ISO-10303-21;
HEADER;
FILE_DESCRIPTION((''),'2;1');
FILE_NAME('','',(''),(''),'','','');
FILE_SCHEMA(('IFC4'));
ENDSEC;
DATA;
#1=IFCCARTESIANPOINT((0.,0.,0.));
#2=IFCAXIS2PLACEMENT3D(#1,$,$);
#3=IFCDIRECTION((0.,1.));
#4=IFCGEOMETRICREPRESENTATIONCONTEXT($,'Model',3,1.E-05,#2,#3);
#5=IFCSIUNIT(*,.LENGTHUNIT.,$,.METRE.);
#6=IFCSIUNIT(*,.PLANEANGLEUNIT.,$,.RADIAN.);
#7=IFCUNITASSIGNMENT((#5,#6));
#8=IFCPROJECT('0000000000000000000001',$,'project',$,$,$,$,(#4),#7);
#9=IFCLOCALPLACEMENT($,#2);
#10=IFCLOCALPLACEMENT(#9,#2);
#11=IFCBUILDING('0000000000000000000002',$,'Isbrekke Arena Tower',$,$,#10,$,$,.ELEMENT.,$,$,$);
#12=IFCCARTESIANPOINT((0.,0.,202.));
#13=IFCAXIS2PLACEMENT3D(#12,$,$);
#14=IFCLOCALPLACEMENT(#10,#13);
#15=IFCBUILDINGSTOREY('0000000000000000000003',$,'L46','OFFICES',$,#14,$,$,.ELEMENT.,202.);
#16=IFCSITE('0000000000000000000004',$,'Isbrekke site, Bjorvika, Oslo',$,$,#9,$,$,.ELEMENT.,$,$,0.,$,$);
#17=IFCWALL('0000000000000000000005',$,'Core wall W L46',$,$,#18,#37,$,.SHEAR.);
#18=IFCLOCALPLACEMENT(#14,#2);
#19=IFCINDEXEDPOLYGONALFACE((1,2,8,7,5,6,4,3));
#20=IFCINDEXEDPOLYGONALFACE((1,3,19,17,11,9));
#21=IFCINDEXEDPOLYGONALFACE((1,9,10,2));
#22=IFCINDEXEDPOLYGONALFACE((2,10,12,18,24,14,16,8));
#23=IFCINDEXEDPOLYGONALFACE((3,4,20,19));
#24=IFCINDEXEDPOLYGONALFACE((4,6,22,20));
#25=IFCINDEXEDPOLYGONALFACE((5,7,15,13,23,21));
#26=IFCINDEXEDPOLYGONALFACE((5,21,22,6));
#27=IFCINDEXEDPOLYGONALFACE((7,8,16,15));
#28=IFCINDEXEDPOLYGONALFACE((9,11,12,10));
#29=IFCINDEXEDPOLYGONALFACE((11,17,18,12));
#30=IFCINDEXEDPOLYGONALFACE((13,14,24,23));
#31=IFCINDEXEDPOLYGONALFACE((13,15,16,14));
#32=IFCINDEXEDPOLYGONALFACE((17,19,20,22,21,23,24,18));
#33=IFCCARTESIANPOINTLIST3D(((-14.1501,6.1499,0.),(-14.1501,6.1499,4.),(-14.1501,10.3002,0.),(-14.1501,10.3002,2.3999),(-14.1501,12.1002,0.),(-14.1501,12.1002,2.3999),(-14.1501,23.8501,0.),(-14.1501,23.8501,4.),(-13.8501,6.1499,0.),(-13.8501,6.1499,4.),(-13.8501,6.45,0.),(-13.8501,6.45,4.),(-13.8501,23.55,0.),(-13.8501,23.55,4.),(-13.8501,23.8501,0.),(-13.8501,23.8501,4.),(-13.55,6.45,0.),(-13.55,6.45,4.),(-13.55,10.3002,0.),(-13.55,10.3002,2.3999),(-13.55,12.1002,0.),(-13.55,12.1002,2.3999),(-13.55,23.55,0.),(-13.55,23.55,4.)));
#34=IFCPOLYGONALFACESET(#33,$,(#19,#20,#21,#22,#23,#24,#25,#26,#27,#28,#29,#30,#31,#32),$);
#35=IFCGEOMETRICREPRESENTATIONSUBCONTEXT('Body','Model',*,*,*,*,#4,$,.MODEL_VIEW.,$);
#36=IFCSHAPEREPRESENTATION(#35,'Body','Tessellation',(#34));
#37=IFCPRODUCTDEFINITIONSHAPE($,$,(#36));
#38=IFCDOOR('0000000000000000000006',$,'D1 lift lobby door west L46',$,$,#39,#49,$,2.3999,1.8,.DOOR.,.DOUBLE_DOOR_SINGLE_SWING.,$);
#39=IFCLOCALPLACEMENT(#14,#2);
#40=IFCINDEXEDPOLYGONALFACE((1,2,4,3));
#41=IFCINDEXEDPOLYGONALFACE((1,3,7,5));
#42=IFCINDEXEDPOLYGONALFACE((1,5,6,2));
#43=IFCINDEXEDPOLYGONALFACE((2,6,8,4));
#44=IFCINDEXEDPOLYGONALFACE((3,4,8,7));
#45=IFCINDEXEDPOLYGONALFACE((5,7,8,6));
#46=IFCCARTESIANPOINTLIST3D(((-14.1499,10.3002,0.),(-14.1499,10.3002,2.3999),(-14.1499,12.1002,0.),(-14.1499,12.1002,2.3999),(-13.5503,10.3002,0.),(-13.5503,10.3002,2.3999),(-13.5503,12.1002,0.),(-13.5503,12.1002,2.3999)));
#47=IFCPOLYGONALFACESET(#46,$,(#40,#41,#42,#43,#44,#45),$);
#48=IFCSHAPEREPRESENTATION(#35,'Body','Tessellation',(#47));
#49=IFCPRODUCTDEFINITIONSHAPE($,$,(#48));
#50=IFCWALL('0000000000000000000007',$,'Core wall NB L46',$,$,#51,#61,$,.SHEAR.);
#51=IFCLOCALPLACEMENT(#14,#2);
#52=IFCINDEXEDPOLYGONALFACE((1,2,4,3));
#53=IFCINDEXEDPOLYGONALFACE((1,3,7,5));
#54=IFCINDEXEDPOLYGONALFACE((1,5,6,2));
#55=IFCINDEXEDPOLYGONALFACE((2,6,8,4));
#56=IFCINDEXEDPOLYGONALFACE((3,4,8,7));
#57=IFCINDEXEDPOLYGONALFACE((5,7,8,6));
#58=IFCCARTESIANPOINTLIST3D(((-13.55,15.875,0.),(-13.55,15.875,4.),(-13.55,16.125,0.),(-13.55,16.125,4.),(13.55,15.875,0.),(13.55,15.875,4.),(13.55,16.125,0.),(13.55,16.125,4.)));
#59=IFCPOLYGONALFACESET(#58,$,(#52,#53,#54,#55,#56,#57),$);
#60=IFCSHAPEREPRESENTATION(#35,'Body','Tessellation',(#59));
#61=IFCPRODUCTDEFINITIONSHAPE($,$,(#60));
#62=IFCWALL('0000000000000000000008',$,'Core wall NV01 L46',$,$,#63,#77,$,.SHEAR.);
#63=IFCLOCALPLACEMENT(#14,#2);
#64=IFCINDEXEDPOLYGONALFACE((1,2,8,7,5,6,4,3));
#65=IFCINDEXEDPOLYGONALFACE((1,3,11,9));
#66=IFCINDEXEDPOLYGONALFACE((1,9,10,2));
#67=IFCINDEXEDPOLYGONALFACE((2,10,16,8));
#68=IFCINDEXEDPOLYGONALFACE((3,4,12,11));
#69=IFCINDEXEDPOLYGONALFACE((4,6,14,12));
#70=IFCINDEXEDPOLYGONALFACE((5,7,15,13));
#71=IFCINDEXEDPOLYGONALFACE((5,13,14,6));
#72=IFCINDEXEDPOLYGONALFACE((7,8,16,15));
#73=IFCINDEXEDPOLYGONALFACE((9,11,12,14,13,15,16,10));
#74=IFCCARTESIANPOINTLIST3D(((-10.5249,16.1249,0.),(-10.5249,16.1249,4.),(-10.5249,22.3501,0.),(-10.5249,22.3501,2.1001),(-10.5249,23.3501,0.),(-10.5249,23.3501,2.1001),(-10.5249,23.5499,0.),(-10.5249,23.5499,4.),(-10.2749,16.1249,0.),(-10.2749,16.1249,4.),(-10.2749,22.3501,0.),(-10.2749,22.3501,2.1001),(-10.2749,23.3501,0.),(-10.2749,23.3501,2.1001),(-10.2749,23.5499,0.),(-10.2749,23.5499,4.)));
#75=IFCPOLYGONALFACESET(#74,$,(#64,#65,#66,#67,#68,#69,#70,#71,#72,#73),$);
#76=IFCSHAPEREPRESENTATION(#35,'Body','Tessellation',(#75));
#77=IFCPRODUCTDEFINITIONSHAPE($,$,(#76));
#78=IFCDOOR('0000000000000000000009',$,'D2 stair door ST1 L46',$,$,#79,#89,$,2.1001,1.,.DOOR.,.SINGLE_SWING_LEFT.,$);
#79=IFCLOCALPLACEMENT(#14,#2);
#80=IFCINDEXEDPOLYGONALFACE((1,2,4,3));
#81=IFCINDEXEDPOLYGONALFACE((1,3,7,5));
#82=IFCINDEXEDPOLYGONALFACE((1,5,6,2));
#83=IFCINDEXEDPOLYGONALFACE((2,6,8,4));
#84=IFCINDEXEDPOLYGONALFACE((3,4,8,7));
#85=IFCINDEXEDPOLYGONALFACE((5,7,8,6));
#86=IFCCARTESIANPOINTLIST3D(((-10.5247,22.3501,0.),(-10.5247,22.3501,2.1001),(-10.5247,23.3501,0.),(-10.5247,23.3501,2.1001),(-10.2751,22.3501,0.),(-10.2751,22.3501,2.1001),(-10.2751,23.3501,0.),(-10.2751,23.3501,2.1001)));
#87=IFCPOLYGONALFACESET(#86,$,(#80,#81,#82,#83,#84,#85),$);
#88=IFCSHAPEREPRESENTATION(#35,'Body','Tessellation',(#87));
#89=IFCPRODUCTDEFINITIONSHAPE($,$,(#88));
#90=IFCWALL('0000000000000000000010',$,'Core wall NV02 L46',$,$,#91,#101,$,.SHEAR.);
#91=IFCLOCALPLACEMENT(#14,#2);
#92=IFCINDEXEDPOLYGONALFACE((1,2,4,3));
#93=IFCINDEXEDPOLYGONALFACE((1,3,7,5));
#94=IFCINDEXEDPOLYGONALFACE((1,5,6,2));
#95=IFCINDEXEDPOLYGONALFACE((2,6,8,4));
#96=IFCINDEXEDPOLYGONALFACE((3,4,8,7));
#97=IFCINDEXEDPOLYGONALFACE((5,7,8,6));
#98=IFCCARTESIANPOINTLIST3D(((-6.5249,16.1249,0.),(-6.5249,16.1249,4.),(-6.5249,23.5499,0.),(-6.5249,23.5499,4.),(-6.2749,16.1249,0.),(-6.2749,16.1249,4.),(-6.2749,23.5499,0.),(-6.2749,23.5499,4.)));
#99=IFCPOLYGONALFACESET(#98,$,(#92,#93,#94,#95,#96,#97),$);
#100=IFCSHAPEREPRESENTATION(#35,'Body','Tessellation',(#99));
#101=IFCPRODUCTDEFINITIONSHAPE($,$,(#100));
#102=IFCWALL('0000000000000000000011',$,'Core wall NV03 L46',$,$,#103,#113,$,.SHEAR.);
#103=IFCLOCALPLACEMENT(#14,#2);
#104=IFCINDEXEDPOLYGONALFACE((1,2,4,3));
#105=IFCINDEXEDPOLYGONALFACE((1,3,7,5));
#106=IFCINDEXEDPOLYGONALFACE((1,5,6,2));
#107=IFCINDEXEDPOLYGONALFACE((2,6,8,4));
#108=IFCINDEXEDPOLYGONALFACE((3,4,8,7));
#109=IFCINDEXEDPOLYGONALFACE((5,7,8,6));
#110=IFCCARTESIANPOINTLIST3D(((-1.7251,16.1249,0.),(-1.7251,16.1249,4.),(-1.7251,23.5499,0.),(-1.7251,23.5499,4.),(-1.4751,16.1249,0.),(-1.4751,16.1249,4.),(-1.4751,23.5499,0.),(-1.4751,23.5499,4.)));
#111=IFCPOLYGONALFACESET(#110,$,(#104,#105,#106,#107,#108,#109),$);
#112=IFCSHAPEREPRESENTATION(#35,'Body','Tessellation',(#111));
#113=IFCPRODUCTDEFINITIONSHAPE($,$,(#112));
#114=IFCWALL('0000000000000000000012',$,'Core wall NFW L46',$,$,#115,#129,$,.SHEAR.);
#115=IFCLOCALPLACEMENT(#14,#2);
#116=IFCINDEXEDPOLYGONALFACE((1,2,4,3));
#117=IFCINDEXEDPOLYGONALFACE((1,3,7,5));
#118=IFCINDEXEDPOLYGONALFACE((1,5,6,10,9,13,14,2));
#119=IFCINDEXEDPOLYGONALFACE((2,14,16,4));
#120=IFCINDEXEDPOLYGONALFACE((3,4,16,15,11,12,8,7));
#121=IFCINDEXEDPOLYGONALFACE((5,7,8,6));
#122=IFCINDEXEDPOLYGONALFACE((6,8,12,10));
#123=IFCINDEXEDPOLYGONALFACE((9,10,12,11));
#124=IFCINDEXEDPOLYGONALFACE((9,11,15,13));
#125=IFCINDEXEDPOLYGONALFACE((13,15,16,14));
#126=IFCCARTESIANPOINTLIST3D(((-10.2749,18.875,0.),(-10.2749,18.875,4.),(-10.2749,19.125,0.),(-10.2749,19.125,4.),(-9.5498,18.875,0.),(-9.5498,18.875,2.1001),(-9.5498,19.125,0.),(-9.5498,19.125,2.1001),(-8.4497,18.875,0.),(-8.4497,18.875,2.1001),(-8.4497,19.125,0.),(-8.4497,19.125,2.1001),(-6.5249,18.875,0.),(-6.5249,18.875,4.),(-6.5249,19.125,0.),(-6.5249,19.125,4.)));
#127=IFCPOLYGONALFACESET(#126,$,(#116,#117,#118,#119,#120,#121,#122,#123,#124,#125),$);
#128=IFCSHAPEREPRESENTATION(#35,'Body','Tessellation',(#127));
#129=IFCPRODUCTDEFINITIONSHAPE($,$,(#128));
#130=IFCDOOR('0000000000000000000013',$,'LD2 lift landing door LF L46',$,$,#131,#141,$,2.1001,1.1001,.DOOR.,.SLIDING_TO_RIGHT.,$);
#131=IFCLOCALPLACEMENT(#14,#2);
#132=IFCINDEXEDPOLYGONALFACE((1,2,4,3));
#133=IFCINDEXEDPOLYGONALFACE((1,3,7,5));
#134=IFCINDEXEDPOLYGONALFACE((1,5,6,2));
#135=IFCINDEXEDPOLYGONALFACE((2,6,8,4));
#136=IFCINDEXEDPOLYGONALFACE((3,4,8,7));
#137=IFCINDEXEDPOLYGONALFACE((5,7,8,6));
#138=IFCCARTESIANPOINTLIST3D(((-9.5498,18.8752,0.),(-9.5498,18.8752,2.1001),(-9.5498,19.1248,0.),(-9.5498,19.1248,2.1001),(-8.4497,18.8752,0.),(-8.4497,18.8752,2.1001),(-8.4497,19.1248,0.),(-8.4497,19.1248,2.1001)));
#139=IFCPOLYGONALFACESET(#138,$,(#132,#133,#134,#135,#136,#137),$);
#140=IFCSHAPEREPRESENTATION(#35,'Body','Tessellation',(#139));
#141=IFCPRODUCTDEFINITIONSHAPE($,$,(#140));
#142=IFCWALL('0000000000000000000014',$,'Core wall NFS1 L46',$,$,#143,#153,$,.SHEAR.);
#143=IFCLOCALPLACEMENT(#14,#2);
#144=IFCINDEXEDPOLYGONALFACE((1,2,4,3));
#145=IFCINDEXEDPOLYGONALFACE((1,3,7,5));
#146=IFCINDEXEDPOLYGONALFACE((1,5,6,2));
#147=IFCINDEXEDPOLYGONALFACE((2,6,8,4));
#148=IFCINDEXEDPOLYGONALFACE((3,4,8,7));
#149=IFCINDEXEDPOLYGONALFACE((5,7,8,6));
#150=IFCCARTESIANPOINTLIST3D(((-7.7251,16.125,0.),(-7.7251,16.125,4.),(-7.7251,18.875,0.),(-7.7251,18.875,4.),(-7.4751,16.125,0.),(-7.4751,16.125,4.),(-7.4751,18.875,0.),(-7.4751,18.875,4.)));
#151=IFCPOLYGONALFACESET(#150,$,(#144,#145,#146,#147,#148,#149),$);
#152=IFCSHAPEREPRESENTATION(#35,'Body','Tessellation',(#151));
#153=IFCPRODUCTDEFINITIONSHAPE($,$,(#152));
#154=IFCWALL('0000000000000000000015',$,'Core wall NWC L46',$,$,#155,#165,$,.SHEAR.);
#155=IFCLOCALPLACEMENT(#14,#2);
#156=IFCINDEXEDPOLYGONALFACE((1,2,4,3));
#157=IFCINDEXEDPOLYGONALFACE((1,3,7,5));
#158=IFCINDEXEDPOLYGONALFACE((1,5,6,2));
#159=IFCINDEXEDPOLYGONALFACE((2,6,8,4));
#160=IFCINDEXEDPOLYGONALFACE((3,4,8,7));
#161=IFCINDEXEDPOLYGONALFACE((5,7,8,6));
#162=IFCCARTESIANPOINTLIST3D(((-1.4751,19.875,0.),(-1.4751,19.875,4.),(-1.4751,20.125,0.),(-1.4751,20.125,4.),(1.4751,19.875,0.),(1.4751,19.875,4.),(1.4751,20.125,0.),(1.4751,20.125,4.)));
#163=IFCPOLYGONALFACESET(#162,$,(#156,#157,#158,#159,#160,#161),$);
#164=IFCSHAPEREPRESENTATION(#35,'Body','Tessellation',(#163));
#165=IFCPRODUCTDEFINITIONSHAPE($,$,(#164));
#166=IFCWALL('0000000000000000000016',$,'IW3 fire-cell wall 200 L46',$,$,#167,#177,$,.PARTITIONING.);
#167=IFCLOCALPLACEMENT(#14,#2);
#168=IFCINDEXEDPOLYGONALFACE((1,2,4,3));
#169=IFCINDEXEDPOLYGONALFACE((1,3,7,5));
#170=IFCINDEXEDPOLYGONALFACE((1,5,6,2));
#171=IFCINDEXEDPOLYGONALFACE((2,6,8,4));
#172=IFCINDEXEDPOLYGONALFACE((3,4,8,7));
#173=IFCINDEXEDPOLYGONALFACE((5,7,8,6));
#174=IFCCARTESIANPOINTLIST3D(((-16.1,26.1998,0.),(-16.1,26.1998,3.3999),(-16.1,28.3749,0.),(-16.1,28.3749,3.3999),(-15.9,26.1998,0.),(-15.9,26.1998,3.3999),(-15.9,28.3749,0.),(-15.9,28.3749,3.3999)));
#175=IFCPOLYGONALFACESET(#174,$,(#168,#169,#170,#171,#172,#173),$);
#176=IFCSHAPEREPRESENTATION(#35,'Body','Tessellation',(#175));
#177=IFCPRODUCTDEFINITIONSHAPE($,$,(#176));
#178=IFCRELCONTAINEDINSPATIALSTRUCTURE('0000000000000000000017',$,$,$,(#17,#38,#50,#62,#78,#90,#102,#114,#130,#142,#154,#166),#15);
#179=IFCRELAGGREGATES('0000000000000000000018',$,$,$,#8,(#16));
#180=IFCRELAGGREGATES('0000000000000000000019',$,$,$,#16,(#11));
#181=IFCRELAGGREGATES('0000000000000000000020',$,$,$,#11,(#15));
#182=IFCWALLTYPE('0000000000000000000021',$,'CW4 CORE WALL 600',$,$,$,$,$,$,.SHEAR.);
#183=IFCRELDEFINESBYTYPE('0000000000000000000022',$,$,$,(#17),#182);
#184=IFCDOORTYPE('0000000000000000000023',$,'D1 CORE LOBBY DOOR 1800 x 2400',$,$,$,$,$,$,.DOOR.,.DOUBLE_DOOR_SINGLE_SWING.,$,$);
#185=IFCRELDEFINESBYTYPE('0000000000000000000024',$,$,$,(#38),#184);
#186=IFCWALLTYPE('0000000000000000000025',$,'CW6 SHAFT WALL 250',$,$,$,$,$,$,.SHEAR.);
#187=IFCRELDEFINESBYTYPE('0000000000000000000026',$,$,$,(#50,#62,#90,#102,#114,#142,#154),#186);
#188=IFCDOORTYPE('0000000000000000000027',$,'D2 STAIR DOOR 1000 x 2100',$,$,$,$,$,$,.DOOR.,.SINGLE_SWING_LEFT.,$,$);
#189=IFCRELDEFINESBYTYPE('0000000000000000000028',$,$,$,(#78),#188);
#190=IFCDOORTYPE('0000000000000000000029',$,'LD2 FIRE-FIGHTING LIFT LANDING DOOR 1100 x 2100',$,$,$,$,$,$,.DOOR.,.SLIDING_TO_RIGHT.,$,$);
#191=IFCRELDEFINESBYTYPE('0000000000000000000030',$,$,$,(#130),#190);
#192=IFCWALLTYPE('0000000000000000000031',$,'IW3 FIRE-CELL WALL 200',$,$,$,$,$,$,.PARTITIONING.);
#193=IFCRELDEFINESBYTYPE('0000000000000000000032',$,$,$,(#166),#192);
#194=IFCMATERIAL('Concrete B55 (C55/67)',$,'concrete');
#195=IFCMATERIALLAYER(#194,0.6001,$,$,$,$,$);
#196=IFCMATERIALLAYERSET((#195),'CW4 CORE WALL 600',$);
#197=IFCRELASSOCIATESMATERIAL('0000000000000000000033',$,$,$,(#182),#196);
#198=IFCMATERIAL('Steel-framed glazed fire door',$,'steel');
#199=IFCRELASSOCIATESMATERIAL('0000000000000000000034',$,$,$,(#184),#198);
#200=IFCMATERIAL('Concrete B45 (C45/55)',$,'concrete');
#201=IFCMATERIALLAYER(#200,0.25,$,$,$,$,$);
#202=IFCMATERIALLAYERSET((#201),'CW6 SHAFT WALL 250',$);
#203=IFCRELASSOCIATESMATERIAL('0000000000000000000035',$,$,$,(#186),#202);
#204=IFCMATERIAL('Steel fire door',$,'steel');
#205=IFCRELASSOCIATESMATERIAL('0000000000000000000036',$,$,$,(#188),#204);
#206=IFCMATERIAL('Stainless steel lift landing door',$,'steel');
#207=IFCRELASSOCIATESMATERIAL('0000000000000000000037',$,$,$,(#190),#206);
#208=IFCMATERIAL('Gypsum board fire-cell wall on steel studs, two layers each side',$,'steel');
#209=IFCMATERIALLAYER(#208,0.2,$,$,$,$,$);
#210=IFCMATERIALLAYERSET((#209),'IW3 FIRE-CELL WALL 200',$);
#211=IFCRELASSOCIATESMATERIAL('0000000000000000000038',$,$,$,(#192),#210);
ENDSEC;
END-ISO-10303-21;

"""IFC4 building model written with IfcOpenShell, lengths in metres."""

from ifc_helpers import new_model, si_unit, direction, frame, frame_2d, origin, place, context, subcontext, project, spatial, polyline, rectangle, outline, extrude, material, layer, layer_set, type_object, element, fill, save


model = new_model("IFC4")

# Units and contexts
model_context = context("Model", 3, precision=1e-05, world=origin(), true_north=direction((0.0, 1.0)))
body_context = subcontext(model_context, "Body", "Model", "MODEL_VIEW")
ifc_project = project(units=[si_unit("LENGTHUNIT", "METRE"), si_unit("PLANEANGLEUNIT", "RADIAN")], contexts=[model_context])

# Site, building, storey
site_placement = place(None, origin())
site = spatial("IfcSite", under=ifc_project, at=site_placement, Name="Isbrekke site, Bjorvika, Oslo", CompositionType="ELEMENT", RefElevation=0.0)
building_placement = place(site_placement, origin())
building = spatial("IfcBuilding", under=site, at=building_placement, Name="Isbrekke Arena Tower", CompositionType="ELEMENT")
storey_placement = place(building_placement, frame((0.0, 0.0, 202.0)))
storey = spatial("IfcBuildingStorey", under=building, at=storey_placement, Name="L46", Description="OFFICES", CompositionType="ELEMENT", Elevation=202.0)

# Wall, opening, door
ifc_material_1 = material(Name="Concrete B55 (C55/67)", Category="concrete")
ifc_layer_1 = layer(ifc_material_1, 0.6001)
ifc_layer_set_1 = layer_set([ifc_layer_1], Name="CW4 CORE WALL 600")
wall_type_1 = type_object("IfcWallType", Name="CW4 CORE WALL 600", PredefinedType="SHEAR", material=ifc_layer_set_1)
wall_1_placement = place(storey_placement, frame((-13.8501, 23.8501, 0.0), z_axis=(0.0, 0.0, 1.0), x_axis=(0.0, -1.0, 0.0)))
wall_1 = element("IfcWall", 1, at=wall_1_placement, inside=storey, type_object=wall_type_1, Name="Core wall W L46", PredefinedType="SHEAR", context=body_context, shape_type="SweptSolid", body=[
    extrude(outline(polyline([(0.0, -0.3), (17.7002, -0.3), (17.7002, 0.0), (17.4001, 0.0), (17.4001, 0.3), (0.3, 0.3), (0.3, 0.0), (0.0, 0.0), (0.0, -0.3)])), origin(), (0.0, 0.0, 1.0), 4.0),
])
opening_1_placement = place(wall_1_placement, frame((11.75, 0.0, 0.0)))
opening_1 = element("IfcOpeningElement", 2, at=opening_1_placement, cuts=wall_1, PredefinedType="OPENING", context=body_context, shape_type="SweptSolid", body=[
    extrude(rectangle(XDim=1.8, YDim=2.3999, at=frame_2d((0.8999, 1.2))), frame((0.0, 0.3149, 0.0), z_axis=(0.0, -1.0, 0.0), x_axis=(1.0, 0.0, 0.0)), (0.0, 0.0, 1.0), 0.6299),
])
ifc_material_2 = material(Name="Steel-framed glazed fire door", Category="steel")
door_type_1 = type_object("IfcDoorType", Name="D1 CORE LOBBY DOOR 1800 x 2400", OperationType="DOUBLE_DOOR_SINGLE_SWING", PredefinedType="DOOR", material=ifc_material_2)
door_1_placement = place(opening_1_placement, origin())
door_1 = element("IfcDoor", 3, at=door_1_placement, inside=storey, type_object=door_type_1, Name="D1 lift lobby door west L46", OperationType="DOUBLE_DOOR_SINGLE_SWING", OverallHeight=2.3999, OverallWidth=1.8, PredefinedType="DOOR", context=body_context, shape_type="SweptSolid", body=[
    extrude(rectangle(XDim=1.8, YDim=2.3999, at=frame_2d((0.8999, 1.2))), frame((0.0, 0.2998, 0.0), z_axis=(0.0, -1.0, 0.0), x_axis=(1.0, 0.0, 0.0)), (0.0, 0.0, 1.0), 0.5996),
])
fill(opening_1, door_1)

# Wall
ifc_material_3 = material(Name="Concrete B45 (C45/55)", Category="concrete")
ifc_layer_2 = layer(ifc_material_3, 0.25)
ifc_layer_set_2 = layer_set([ifc_layer_2], Name="CW6 SHAFT WALL 250")
wall_type_2 = type_object("IfcWallType", Name="CW6 SHAFT WALL 250", PredefinedType="SHEAR", material=ifc_layer_set_2)
wall_2_placement = place(storey_placement, frame((-13.55, 16.0, 0.0), z_axis=(0.0, 0.0, 1.0), x_axis=(1.0, 0.0, 0.0)))
element("IfcWall", 4, at=wall_2_placement, inside=storey, type_object=wall_type_2, Name="Core wall NB L46", PredefinedType="SHEAR", context=body_context, shape_type="SweptSolid", body=[
    extrude(rectangle(XDim=27.1001, YDim=0.25, at=frame_2d((13.55, 0.0))), origin(), (0.0, 0.0, 1.0), 4.0),
])

# Wall, opening, door
wall_3_placement = place(storey_placement, frame((-10.3999, 16.125, 0.0), z_axis=(0.0, 0.0, 1.0), x_axis=(0.0, 1.0, 0.0)))
wall_3 = element("IfcWall", 5, at=wall_3_placement, inside=storey, type_object=wall_type_2, Name="Core wall NV01 L46", PredefinedType="SHEAR", context=body_context, shape_type="SweptSolid", body=[
    extrude(rectangle(XDim=7.425, YDim=0.25, at=frame_2d((3.7124, 0.0))), origin(), (0.0, 0.0, 1.0), 4.0),
])
opening_2_placement = place(wall_3_placement, frame((6.2251, 0.0, 0.0)))
opening_2 = element("IfcOpeningElement", 6, at=opening_2_placement, cuts=wall_3, PredefinedType="OPENING", context=body_context, shape_type="SweptSolid", body=[
    extrude(rectangle(XDim=1.0, YDim=2.1001, at=frame_2d((0.5, 1.05))), frame((0.0, 0.1399, 0.0), z_axis=(0.0, -1.0, 0.0), x_axis=(1.0, 0.0, 0.0)), (0.0, 0.0, 1.0), 0.2798),
])
ifc_material_4 = material(Name="Steel fire door", Category="steel")
door_type_2 = type_object("IfcDoorType", Name="D2 STAIR DOOR 1000 x 2100", OperationType="SINGLE_SWING_LEFT", PredefinedType="DOOR", material=ifc_material_4)
door_2_placement = place(opening_2_placement, origin())
door_2 = element("IfcDoor", 7, at=door_2_placement, inside=storey, type_object=door_type_2, Name="D2 stair door ST1 L46", OperationType="SINGLE_SWING_LEFT", OverallHeight=2.1001, OverallWidth=1.0, PredefinedType="DOOR", context=body_context, shape_type="SweptSolid", body=[
    extrude(rectangle(XDim=1.0, YDim=2.1001, at=frame_2d((0.5, 1.05))), frame((0.0, 0.1248, 0.0), z_axis=(0.0, -1.0, 0.0), x_axis=(1.0, 0.0, 0.0)), (0.0, 0.0, 1.0), 0.2495),
])
fill(opening_2, door_2)

# Walls
for number, where, z_axis, x_axis, name in (
    (8, (-6.3999, 16.125, 0.0), (0.0, 0.0, 1.0), (0.0, 1.0, 0.0), "Core wall NV02 L46"),
    (9, (-1.6001, 16.125, 0.0), (0.0, 0.0, 1.0), (0.0, 1.0, 0.0), "Core wall NV03 L46"),
):
    element("IfcWall", number, at=place(storey_placement, frame(where, z_axis=z_axis, x_axis=x_axis)), inside=storey, type_object=wall_type_2, Name=name, PredefinedType="SHEAR", context=body_context, shape_type="SweptSolid", body=[
        extrude(rectangle(XDim=7.425, YDim=0.25, at=frame_2d((3.7124, 0.0))), origin(), (0.0, 0.0, 1.0), 4.0),
    ])

# Wall, opening, door
wall_4_placement = place(storey_placement, frame((-10.2749, 19.0, 0.0), z_axis=(0.0, 0.0, 1.0), x_axis=(1.0, 0.0, 0.0)))
wall_4 = element("IfcWall", 10, at=wall_4_placement, inside=storey, type_object=wall_type_2, Name="Core wall NFW L46", PredefinedType="SHEAR", context=body_context, shape_type="SweptSolid", body=[
    extrude(rectangle(XDim=3.75, YDim=0.25, at=frame_2d((1.875, 0.0))), origin(), (0.0, 0.0, 1.0), 4.0),
])
opening_3_placement = place(wall_4_placement, frame((0.7251, 0.0, 0.0)))
opening_3 = element("IfcOpeningElement", 11, at=opening_3_placement, cuts=wall_4, PredefinedType="OPENING", context=body_context, shape_type="SweptSolid", body=[
    extrude(rectangle(XDim=1.1001, YDim=2.1001, at=frame_2d((0.55, 1.05))), frame((0.0, 0.1399, 0.0), z_axis=(0.0, -1.0, 0.0), x_axis=(1.0, 0.0, 0.0)), (0.0, 0.0, 1.0), 0.2798),
])
ifc_material_5 = material(Name="Stainless steel lift landing door", Category="steel")
door_type_3 = type_object("IfcDoorType", Name="LD2 FIRE-FIGHTING LIFT LANDING DOOR 1100 x 2100", OperationType="SLIDING_TO_RIGHT", PredefinedType="DOOR", material=ifc_material_5)
door_3_placement = place(opening_3_placement, origin())
door_3 = element("IfcDoor", 12, at=door_3_placement, inside=storey, type_object=door_type_3, Name="LD2 lift landing door LF L46", OperationType="SLIDING_TO_RIGHT", OverallHeight=2.1001, OverallWidth=1.1001, PredefinedType="DOOR", context=body_context, shape_type="SweptSolid", body=[
    extrude(rectangle(XDim=1.1001, YDim=2.1001, at=frame_2d((0.55, 1.05))), frame((0.0, 0.1248, 0.0), z_axis=(0.0, -1.0, 0.0), x_axis=(1.0, 0.0, 0.0)), (0.0, 0.0, 1.0), 0.2495),
])
fill(opening_3, door_3)

# Walls
wall_5_placement = place(storey_placement, frame((-7.6001, 16.125, 0.0), z_axis=(0.0, 0.0, 1.0), x_axis=(0.0, 1.0, 0.0)))
element("IfcWall", 13, at=wall_5_placement, inside=storey, type_object=wall_type_2, Name="Core wall NFS1 L46", PredefinedType="SHEAR", context=body_context, shape_type="SweptSolid", body=[
    extrude(rectangle(XDim=2.75, YDim=0.25, at=frame_2d((1.375, 0.0))), origin(), (0.0, 0.0, 1.0), 4.0),
])
wall_6_placement = place(storey_placement, frame((-1.4751, 20.0, 0.0), z_axis=(0.0, 0.0, 1.0), x_axis=(1.0, 0.0, 0.0)))
element("IfcWall", 14, at=wall_6_placement, inside=storey, type_object=wall_type_2, Name="Core wall NWC L46", PredefinedType="SHEAR", context=body_context, shape_type="SweptSolid", body=[
    extrude(rectangle(XDim=2.9502, YDim=0.25, at=frame_2d((1.4751, 0.0))), origin(), (0.0, 0.0, 1.0), 4.0),
])

# Shared definitions
ifc_material_6 = material(Name="Gypsum board fire-cell wall on steel studs, two layers each side", Category="steel")
ifc_layer_3 = layer(ifc_material_6, 0.2)
ifc_layer_set_3 = layer_set([ifc_layer_3], Name="IW3 FIRE-CELL WALL 200")
wall_type_3 = type_object("IfcWallType", Name="IW3 FIRE-CELL WALL 200", PredefinedType="PARTITIONING", material=ifc_layer_set_3)

# Wall
wall_7_placement = place(storey_placement, frame((-16.0, 26.2, 0.0), z_axis=(0.0, 0.0, 1.0), x_axis=(0.0, 1.0, 0.0)))
element("IfcWall", 15, at=wall_7_placement, inside=storey, type_object=wall_type_3, Name="IW3 fire-cell wall 200 L46", PredefinedType="PARTITIONING", context=body_context, shape_type="SweptSolid", body=[
    extrude(rectangle(XDim=2.175, YDim=0.2, at=frame_2d((1.0874, 0.0))), origin(), (0.0, 0.0, 1.0), 3.3999),
])

save(model, "model.ifc")
